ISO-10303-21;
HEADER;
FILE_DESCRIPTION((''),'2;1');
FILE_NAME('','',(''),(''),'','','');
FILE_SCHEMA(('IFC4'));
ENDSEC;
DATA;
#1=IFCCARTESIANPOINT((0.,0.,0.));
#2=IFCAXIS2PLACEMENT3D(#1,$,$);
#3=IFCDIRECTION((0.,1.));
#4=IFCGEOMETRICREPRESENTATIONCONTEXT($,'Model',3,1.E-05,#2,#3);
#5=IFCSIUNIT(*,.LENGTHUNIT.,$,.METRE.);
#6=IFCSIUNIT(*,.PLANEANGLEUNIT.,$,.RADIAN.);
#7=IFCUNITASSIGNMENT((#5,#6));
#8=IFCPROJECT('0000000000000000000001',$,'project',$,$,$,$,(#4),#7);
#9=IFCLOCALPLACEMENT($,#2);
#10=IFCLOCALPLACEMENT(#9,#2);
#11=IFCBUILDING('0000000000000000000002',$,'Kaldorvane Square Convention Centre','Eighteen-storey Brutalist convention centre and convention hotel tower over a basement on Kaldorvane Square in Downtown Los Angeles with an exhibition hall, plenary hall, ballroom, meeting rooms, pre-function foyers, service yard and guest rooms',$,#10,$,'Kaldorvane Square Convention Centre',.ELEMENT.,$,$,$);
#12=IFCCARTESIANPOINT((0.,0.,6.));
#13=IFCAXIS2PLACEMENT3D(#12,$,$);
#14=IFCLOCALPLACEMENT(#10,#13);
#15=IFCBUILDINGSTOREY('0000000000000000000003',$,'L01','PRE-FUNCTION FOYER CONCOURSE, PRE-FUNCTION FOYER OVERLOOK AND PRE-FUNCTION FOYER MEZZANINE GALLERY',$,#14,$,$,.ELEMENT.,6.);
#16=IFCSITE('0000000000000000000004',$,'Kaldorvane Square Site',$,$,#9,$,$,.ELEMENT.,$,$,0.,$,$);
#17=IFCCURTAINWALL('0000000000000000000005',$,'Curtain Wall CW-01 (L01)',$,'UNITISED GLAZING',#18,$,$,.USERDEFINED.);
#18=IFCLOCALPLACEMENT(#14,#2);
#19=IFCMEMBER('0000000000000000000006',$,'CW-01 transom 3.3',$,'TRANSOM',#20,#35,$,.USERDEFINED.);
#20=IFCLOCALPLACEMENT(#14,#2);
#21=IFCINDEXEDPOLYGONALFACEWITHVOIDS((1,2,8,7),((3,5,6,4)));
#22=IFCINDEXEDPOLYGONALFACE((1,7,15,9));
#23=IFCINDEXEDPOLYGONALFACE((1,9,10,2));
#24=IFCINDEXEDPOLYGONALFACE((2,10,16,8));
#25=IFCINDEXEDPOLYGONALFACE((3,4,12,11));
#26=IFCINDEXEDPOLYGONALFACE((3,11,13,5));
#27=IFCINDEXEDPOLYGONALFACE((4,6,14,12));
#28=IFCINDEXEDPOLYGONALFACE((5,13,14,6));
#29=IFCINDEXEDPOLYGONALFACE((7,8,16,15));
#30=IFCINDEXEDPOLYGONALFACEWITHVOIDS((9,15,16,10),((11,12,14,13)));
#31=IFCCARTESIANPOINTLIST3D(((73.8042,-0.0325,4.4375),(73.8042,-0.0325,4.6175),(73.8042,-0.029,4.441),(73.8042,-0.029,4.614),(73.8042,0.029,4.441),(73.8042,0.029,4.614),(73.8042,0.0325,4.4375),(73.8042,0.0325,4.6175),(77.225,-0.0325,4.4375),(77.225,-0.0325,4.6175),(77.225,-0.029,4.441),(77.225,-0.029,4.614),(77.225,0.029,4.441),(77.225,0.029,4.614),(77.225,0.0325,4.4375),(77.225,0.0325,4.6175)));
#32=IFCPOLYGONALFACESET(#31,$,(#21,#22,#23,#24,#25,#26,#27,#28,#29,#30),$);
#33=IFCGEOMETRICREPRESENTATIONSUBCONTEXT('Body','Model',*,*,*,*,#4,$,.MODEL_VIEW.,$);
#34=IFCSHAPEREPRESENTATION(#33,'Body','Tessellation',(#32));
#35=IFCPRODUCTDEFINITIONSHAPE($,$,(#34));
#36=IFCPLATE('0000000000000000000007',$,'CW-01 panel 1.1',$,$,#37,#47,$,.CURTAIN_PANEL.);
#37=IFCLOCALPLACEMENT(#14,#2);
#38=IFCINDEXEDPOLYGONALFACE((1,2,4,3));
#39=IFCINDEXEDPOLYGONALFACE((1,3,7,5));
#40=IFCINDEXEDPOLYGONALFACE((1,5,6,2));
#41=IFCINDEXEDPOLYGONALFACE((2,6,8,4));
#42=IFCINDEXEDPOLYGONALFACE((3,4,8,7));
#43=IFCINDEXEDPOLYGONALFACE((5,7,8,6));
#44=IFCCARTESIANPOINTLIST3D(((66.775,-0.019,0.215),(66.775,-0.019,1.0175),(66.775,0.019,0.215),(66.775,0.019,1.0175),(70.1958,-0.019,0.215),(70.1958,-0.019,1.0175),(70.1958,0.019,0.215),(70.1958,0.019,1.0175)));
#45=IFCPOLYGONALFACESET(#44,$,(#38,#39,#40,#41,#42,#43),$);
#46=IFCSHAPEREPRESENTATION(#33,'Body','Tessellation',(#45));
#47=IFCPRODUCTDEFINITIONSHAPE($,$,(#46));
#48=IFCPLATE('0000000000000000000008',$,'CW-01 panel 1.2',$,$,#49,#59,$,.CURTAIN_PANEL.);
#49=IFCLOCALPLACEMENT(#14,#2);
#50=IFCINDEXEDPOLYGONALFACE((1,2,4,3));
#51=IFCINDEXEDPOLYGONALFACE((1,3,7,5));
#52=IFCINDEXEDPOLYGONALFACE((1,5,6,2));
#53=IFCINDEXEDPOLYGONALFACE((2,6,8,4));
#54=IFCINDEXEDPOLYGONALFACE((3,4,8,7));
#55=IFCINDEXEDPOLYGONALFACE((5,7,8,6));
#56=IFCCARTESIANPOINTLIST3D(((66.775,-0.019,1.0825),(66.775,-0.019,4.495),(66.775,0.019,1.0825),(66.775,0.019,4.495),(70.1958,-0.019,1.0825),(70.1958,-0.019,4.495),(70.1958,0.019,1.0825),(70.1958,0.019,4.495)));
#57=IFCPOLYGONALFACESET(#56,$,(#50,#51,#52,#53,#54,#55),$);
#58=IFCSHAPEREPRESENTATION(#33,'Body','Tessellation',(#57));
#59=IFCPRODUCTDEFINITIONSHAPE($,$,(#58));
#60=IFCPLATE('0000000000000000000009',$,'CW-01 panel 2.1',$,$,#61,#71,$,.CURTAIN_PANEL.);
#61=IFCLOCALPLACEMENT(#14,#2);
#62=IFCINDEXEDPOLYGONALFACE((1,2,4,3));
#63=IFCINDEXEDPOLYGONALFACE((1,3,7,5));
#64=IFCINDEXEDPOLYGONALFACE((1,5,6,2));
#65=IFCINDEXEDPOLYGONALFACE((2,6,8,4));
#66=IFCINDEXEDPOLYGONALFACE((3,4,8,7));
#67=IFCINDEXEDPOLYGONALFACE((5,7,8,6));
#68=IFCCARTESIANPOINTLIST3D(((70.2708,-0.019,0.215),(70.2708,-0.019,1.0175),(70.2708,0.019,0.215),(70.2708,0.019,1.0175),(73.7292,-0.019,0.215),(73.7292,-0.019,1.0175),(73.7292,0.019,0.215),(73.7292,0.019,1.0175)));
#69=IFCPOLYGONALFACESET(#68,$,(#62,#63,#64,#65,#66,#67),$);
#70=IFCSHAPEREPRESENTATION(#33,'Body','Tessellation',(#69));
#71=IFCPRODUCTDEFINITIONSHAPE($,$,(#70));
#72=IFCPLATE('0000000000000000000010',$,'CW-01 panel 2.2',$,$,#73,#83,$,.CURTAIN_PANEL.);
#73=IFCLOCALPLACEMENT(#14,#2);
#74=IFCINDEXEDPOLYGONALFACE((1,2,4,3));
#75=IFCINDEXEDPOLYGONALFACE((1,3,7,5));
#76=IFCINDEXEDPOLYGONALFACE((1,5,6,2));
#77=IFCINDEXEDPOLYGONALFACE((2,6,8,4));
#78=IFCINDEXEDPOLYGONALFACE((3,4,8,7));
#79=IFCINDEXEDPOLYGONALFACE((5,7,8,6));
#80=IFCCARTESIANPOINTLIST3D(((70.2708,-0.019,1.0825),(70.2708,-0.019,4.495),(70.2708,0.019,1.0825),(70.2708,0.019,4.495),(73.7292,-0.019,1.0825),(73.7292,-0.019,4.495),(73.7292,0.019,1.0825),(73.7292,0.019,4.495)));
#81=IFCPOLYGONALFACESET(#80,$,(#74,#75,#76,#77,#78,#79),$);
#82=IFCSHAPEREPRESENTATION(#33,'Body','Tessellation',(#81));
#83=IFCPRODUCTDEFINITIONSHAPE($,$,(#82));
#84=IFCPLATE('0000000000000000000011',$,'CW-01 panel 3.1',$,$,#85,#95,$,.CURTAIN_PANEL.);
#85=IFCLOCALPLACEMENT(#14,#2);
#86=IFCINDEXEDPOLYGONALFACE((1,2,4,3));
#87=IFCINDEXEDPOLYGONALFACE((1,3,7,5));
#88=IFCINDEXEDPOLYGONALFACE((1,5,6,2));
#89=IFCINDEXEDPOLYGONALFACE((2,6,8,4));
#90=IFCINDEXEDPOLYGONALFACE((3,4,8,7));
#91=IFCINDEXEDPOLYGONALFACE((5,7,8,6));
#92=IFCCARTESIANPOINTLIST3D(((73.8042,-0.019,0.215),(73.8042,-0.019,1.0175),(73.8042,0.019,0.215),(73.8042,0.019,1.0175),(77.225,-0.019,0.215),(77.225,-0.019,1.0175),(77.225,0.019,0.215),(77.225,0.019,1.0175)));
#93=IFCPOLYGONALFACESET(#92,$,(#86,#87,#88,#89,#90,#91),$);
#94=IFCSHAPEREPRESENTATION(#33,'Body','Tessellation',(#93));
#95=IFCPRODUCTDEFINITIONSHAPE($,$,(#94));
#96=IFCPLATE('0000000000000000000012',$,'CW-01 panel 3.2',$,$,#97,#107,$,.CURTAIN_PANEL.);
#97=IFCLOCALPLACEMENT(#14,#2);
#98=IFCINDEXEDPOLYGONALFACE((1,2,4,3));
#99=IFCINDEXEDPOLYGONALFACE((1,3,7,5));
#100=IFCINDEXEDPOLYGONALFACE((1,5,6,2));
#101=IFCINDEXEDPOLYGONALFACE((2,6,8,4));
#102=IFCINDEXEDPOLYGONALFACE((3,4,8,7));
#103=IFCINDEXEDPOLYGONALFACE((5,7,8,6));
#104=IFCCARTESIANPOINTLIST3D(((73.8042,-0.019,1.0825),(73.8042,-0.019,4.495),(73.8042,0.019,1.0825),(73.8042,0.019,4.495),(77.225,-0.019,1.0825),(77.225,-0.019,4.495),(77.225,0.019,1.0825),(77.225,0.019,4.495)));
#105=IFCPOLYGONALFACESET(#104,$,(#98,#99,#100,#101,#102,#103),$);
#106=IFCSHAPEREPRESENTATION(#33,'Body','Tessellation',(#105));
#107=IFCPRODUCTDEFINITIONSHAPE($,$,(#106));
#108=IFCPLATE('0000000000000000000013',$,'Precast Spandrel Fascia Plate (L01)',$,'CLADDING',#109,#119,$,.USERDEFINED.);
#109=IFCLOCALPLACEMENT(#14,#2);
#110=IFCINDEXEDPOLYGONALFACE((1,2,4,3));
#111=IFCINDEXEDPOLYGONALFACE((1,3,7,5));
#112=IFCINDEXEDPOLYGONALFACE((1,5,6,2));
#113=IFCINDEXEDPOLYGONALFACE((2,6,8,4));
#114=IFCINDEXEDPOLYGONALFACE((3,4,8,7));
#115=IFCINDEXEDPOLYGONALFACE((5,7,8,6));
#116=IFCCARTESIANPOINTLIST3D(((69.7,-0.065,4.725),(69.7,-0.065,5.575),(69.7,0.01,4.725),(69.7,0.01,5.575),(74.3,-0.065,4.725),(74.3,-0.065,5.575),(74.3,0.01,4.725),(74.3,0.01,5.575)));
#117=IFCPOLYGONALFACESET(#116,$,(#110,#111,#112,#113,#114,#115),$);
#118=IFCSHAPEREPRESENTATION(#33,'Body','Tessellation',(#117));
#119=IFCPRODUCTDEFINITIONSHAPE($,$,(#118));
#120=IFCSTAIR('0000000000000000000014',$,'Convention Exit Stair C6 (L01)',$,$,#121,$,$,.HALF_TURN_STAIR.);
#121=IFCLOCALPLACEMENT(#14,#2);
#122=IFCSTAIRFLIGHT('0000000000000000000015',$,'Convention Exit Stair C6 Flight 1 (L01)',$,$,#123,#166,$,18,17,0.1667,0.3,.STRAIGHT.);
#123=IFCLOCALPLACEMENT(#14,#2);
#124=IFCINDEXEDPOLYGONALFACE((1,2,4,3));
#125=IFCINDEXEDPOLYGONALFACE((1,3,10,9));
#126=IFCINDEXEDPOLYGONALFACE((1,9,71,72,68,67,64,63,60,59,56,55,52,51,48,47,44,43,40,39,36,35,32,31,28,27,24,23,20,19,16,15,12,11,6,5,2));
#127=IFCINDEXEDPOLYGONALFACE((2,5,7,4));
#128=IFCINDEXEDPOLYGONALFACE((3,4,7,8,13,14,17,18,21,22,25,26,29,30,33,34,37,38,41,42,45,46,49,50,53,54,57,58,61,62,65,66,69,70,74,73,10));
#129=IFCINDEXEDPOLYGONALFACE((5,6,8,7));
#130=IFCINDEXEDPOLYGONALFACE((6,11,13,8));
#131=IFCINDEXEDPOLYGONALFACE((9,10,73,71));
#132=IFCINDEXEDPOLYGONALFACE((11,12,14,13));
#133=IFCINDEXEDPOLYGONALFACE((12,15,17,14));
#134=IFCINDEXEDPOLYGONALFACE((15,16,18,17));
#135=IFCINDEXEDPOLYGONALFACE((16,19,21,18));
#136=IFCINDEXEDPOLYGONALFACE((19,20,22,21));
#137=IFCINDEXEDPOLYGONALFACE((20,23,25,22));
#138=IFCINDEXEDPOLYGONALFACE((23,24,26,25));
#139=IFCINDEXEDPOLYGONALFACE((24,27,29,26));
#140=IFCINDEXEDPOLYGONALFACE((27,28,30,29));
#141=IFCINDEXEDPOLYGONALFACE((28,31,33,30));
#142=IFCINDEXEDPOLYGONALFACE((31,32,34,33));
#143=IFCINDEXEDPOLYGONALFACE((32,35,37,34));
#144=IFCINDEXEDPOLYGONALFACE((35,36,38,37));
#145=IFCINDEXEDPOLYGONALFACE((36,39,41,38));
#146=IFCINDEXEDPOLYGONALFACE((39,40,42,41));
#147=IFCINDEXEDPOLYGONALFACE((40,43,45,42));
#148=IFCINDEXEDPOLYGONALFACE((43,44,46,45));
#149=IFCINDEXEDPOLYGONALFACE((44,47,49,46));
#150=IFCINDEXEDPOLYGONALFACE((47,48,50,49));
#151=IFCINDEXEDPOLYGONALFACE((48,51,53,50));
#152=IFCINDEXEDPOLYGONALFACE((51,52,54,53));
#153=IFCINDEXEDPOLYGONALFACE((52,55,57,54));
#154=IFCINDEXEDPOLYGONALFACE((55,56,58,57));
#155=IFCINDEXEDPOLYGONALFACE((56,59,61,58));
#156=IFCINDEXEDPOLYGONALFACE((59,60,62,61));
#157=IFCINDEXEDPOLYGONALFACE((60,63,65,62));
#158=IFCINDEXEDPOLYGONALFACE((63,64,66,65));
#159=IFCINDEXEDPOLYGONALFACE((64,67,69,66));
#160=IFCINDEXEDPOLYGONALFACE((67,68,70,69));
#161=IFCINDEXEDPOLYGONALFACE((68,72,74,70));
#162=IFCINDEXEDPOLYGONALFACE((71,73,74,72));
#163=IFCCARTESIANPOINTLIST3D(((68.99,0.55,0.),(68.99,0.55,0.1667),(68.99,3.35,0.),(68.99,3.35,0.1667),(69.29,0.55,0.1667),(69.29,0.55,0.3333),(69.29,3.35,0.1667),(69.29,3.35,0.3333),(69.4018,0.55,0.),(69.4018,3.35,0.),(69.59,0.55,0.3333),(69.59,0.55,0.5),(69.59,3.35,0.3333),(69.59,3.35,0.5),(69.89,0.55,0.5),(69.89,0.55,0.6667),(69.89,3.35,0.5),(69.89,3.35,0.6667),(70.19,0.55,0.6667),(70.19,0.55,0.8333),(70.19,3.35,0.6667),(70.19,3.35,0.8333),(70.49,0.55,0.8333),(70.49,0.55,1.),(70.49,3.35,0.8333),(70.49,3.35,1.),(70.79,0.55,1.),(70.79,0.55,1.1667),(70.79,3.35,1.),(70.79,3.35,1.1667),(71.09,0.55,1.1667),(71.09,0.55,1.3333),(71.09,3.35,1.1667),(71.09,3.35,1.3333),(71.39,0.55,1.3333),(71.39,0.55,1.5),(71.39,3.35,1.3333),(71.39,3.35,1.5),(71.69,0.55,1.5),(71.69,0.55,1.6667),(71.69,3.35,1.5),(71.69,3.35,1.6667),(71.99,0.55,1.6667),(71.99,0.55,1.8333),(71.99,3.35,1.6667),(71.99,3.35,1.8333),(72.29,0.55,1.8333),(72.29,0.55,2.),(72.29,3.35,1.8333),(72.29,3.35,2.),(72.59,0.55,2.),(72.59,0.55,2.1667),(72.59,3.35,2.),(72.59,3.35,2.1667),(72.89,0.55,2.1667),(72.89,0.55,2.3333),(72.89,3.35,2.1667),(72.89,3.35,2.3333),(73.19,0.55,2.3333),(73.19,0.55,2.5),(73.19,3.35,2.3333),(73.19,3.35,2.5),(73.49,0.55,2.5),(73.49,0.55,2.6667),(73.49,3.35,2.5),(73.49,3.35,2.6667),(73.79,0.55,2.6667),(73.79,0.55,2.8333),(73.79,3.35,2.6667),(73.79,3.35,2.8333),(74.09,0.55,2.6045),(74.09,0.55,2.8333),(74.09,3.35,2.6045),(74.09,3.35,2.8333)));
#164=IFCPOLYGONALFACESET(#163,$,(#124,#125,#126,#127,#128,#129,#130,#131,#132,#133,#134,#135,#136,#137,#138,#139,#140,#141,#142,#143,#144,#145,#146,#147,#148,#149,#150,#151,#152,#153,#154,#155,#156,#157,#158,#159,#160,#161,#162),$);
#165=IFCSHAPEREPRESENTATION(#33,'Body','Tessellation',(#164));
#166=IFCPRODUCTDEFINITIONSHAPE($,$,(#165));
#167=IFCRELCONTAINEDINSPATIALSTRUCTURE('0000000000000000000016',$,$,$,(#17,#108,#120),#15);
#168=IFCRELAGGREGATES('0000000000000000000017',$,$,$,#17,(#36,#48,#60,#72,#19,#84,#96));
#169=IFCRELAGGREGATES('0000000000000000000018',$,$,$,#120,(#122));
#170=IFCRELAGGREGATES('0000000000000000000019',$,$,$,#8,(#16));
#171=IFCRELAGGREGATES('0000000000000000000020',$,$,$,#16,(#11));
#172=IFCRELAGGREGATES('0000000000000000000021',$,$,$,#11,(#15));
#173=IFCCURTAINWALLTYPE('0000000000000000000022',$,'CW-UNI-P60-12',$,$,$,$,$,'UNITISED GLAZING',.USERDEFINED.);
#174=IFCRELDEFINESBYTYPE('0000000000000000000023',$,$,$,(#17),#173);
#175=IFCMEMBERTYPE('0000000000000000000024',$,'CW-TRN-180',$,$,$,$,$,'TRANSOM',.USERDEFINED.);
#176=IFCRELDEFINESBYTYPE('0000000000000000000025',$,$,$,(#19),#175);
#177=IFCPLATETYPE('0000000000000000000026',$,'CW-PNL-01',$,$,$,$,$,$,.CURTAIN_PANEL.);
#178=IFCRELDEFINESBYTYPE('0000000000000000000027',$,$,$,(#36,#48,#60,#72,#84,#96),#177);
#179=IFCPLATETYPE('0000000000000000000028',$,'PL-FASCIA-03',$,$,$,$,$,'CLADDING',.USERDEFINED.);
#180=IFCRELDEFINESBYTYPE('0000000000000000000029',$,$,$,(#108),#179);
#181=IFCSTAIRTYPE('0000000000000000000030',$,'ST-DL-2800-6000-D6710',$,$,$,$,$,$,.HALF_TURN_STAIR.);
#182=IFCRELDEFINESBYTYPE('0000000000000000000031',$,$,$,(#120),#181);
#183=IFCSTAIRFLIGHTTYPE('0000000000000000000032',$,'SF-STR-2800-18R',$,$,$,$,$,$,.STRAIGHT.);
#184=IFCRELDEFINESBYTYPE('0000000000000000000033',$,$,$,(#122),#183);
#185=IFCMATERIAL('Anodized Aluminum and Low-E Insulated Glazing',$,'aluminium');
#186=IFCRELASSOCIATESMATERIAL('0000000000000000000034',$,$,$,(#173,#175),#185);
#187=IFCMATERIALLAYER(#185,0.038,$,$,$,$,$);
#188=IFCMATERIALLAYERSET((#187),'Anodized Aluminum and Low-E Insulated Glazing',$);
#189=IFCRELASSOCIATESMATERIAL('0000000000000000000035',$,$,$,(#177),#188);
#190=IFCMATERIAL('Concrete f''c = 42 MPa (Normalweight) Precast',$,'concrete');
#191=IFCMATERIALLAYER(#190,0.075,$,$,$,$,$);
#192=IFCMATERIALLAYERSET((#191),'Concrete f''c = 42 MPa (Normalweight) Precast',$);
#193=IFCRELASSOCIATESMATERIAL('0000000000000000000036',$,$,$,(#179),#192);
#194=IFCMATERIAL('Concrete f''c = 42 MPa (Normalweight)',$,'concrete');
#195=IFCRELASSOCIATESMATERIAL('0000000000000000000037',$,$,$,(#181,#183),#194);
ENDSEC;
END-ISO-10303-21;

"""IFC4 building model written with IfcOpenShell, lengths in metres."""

from ifc_helpers import new_model, si_unit, direction, frame, origin, origin_2d, place, context, subcontext, project, spatial, polyline, rectangle, hollow_rectangle, outline, extrude, material, layer, layer_set, material_profile, profile_set, type_object, element, aggregate, save


model = new_model("IFC4")

# Units and contexts
model_context = context("Model", 3, precision=1e-05, world=origin(), true_north=direction((0.0, 1.0)))
body_context = subcontext(model_context, "Body", "Model", "MODEL_VIEW")
ifc_project = project(units=[si_unit("LENGTHUNIT", "METRE"), si_unit("PLANEANGLEUNIT", "RADIAN")], contexts=[model_context])

# Site, building, storey
site_placement = place(None, origin())
site = spatial("IfcSite", under=ifc_project, at=site_placement, Name="Kaldorvane Square Site", CompositionType="ELEMENT", RefElevation=0.0)
building_placement = place(site_placement, origin())
building = spatial("IfcBuilding", under=site, at=building_placement, Name="Kaldorvane Square Convention Centre", Description="Eighteen-storey Brutalist convention centre and convention hotel tower over a basement on Kaldorvane Square in Downtown Los Angeles with an exhibition hall, plenary hall, ballroom, meeting rooms, pre-function foyers, service yard and guest rooms", LongName="Kaldorvane Square Convention Centre", CompositionType="ELEMENT")
storey_placement = place(building_placement, frame((0.0, 0.0, 6.0)))
storey = spatial("IfcBuildingStorey", under=building, at=storey_placement, Name="L01", Description="PRE-FUNCTION FOYER CONCOURSE, PRE-FUNCTION FOYER OVERLOOK AND PRE-FUNCTION FOYER MEZZANINE GALLERY", CompositionType="ELEMENT", Elevation=6.0)

# Curtain wall, member, plates
ifc_material_1 = material(Name="Anodized Aluminum and Low-E Insulated Glazing", Category="aluminium")
curtain_wall_type = type_object("IfcCurtainWallType", Name="CW-UNI-P60-12", ElementType="UNITISED GLAZING", PredefinedType="USERDEFINED", material=ifc_material_1)
curtain_wall_placement = place(storey_placement, origin())
curtain_wall = element("IfcCurtainWall", 1, at=curtain_wall_placement, inside=storey, type_object=curtain_wall_type, Name="Curtain Wall CW-01 (L01)", ObjectType="UNITISED GLAZING", PredefinedType="USERDEFINED")
ifc_material_profile_1 = material_profile(ifc_material_1, hollow_rectangle(XDim=0.065, YDim=0.18, WallThickness=0.0035, at=origin_2d()), Name="CWT-180X65")
ifc_profile_set_1 = profile_set([ifc_material_profile_1], Name="Anodized Aluminum and Low-E Insulated Glazing")
member_type_1 = type_object("IfcMemberType", Name="CW-TRN-180", ElementType="TRANSOM", PredefinedType="USERDEFINED", material=ifc_profile_set_1)
member_1_placement = place(storey_placement, frame((73.8042, 0.0, 4.5275), z_axis=(1.0, 0.0, 0.0), x_axis=(0.0, 1.0, 0.0)))
member_1 = element("IfcMember", 2, at=member_1_placement, type_object=member_type_1, Name="CW-01 transom 3.3", ObjectType="TRANSOM", PredefinedType="USERDEFINED", context=body_context, shape_type="SweptSolid", body=[
    extrude(hollow_rectangle(XDim=0.065, YDim=0.18, WallThickness=0.0035, at=origin_2d()), origin(), (0.0, 0.0, 1.0), 3.4208),
])
ifc_layer_1 = layer(ifc_material_1, 0.038)
ifc_layer_set_1 = layer_set([ifc_layer_1], Name="Anodized Aluminum and Low-E Insulated Glazing")
plate_type_1 = type_object("IfcPlateType", Name="CW-PNL-01", PredefinedType="CURTAIN_PANEL", material=ifc_layer_set_1)
plate_1_placement = place(storey_placement, frame((68.4854, 0.0, 0.215), z_axis=(0.0, 0.0, 1.0), x_axis=(1.0, 0.0, 0.0)))
plate_1 = element("IfcPlate", 3, at=plate_1_placement, type_object=plate_type_1, Name="CW-01 panel 1.1", PredefinedType="CURTAIN_PANEL", context=body_context, shape_type="SweptSolid", body=[
    extrude(rectangle(XDim=3.4208, YDim=0.038, at=origin_2d()), origin(), (0.0, 0.0, 1.0), 0.8025),
])
plate_2_placement = place(storey_placement, frame((68.4854, 0.0, 1.0825), z_axis=(0.0, 0.0, 1.0), x_axis=(1.0, 0.0, 0.0)))
plate_2 = element("IfcPlate", 4, at=plate_2_placement, type_object=plate_type_1, Name="CW-01 panel 1.2", PredefinedType="CURTAIN_PANEL", context=body_context, shape_type="SweptSolid", body=[
    extrude(rectangle(XDim=3.4208, YDim=0.038, at=origin_2d()), origin(), (0.0, 0.0, 1.0), 3.4125),
])
plate_3_placement = place(storey_placement, frame((72.0, 0.0, 0.215), z_axis=(0.0, 0.0, 1.0), x_axis=(1.0, 0.0, 0.0)))
plate_3 = element("IfcPlate", 5, at=plate_3_placement, type_object=plate_type_1, Name="CW-01 panel 2.1", PredefinedType="CURTAIN_PANEL", context=body_context, shape_type="SweptSolid", body=[
    extrude(rectangle(XDim=3.4583, YDim=0.038, at=origin_2d()), origin(), (0.0, 0.0, 1.0), 0.8025),
])
plate_4_placement = place(storey_placement, frame((72.0, 0.0, 1.0825), z_axis=(0.0, 0.0, 1.0), x_axis=(1.0, 0.0, 0.0)))
plate_4 = element("IfcPlate", 6, at=plate_4_placement, type_object=plate_type_1, Name="CW-01 panel 2.2", PredefinedType="CURTAIN_PANEL", context=body_context, shape_type="SweptSolid", body=[
    extrude(rectangle(XDim=3.4583, YDim=0.038, at=origin_2d()), origin(), (0.0, 0.0, 1.0), 3.4125),
])
plate_5_placement = place(storey_placement, frame((75.5146, 0.0, 0.215), z_axis=(0.0, 0.0, 1.0), x_axis=(1.0, 0.0, 0.0)))
plate_5 = element("IfcPlate", 7, at=plate_5_placement, type_object=plate_type_1, Name="CW-01 panel 3.1", PredefinedType="CURTAIN_PANEL", context=body_context, shape_type="SweptSolid", body=[
    extrude(rectangle(XDim=3.4208, YDim=0.038, at=origin_2d()), origin(), (0.0, 0.0, 1.0), 0.8025),
])
plate_6_placement = place(storey_placement, frame((75.5146, 0.0, 1.0825), z_axis=(0.0, 0.0, 1.0), x_axis=(1.0, 0.0, 0.0)))
plate_6 = element("IfcPlate", 8, at=plate_6_placement, type_object=plate_type_1, Name="CW-01 panel 3.2", PredefinedType="CURTAIN_PANEL", context=body_context, shape_type="SweptSolid", body=[
    extrude(rectangle(XDim=3.4208, YDim=0.038, at=origin_2d()), origin(), (0.0, 0.0, 1.0), 3.4125),
])
aggregate(curtain_wall, [plate_1, plate_2, plate_3, plate_4, member_1, plate_5, plate_6])

# Plate
ifc_material_2 = material(Name="Concrete f'c = 42 MPa (Normalweight) Precast", Category="concrete")
ifc_layer_2 = layer(ifc_material_2, 0.075)
ifc_layer_set_2 = layer_set([ifc_layer_2], Name="Concrete f'c = 42 MPa (Normalweight) Precast")
plate_type_2 = type_object("IfcPlateType", Name="PL-FASCIA-03", ElementType="CLADDING", PredefinedType="USERDEFINED", material=ifc_layer_set_2)
plate_7_placement = place(storey_placement, frame((72.0, -0.0275, 4.725), z_axis=(0.0, 0.0, 1.0), x_axis=(1.0, 0.0, 0.0)))
element("IfcPlate", 9, at=plate_7_placement, inside=storey, type_object=plate_type_2, Name="Precast Spandrel Fascia Plate (L01)", ObjectType="CLADDING", PredefinedType="USERDEFINED", context=body_context, shape_type="SweptSolid", body=[
    extrude(rectangle(XDim=4.6, YDim=0.075, at=origin_2d()), origin(), (0.0, 0.0, 1.0), 0.85),
])

# Stair, stair flight
ifc_material_3 = material(Name="Concrete f'c = 42 MPa (Normalweight)", Category="concrete")
stair_type = type_object("IfcStairType", Name="ST-DL-2800-6000-D6710", PredefinedType="HALF_TURN_STAIR", material=ifc_material_3)
stair_placement = place(storey_placement, origin())
stair = element("IfcStair", 10, at=stair_placement, inside=storey, type_object=stair_type, Name="Convention Exit Stair C6 (L01)", PredefinedType="HALF_TURN_STAIR")
stair_flight_type = type_object("IfcStairFlightType", Name="SF-STR-2800-18R", PredefinedType="STRAIGHT", material=ifc_material_3)
stair_flight_placement = place(storey_placement, frame((68.99, 1.95, 0.0), z_axis=(0.0, 0.0, 1.0), x_axis=(1.0, 0.0, 0.0)))
stair_flight = element("IfcStairFlight", 11, at=stair_flight_placement, type_object=stair_flight_type, Name="Convention Exit Stair C6 Flight 1 (L01)", NumberOfRisers=18, NumberOfTreads=17, PredefinedType="STRAIGHT", RiserHeight=0.1667, TreadLength=0.3, context=body_context, shape_type="SweptSolid", body=[
    extrude(outline(polyline([(0.0, 0.0), (0.0, 0.1667), (0.3, 0.1667), (0.3, 0.3333), (0.6, 0.3333), (0.6, 0.5), (0.9, 0.5), (0.9, 0.6667), (1.2, 0.6667), (1.2, 0.8333), (1.5, 0.8333), (1.5, 1.0), (1.8, 1.0), (1.8, 1.1667), (2.1, 1.1667), (2.1, 1.3333), (2.4, 1.3333), (2.4, 1.5), (2.7, 1.5), (2.7, 1.6667), (3.0, 1.6667), (3.0, 1.8333), (3.3, 1.8333), (3.3, 2.0), (3.6, 2.0), (3.6, 2.1667), (3.9, 2.1667), (3.9, 2.3333), (4.2, 2.3333), (4.2, 2.5), (4.5, 2.5), (4.5, 2.6667), (4.8, 2.6667), (4.8, 2.8333), (5.1, 2.8333), (5.1, 3.0), (5.1, 2.6045), (0.4118, 0.0), (0.0, 0.0)])), frame((0.0, 1.4, 0.0), z_axis=(0.0, -1.0, 0.0), x_axis=(1.0, 0.0, 0.0)), (0.0, 0.0, 1.0), 2.8),
])
aggregate(stair, [stair_flight])

save(model, "model.ifc")
